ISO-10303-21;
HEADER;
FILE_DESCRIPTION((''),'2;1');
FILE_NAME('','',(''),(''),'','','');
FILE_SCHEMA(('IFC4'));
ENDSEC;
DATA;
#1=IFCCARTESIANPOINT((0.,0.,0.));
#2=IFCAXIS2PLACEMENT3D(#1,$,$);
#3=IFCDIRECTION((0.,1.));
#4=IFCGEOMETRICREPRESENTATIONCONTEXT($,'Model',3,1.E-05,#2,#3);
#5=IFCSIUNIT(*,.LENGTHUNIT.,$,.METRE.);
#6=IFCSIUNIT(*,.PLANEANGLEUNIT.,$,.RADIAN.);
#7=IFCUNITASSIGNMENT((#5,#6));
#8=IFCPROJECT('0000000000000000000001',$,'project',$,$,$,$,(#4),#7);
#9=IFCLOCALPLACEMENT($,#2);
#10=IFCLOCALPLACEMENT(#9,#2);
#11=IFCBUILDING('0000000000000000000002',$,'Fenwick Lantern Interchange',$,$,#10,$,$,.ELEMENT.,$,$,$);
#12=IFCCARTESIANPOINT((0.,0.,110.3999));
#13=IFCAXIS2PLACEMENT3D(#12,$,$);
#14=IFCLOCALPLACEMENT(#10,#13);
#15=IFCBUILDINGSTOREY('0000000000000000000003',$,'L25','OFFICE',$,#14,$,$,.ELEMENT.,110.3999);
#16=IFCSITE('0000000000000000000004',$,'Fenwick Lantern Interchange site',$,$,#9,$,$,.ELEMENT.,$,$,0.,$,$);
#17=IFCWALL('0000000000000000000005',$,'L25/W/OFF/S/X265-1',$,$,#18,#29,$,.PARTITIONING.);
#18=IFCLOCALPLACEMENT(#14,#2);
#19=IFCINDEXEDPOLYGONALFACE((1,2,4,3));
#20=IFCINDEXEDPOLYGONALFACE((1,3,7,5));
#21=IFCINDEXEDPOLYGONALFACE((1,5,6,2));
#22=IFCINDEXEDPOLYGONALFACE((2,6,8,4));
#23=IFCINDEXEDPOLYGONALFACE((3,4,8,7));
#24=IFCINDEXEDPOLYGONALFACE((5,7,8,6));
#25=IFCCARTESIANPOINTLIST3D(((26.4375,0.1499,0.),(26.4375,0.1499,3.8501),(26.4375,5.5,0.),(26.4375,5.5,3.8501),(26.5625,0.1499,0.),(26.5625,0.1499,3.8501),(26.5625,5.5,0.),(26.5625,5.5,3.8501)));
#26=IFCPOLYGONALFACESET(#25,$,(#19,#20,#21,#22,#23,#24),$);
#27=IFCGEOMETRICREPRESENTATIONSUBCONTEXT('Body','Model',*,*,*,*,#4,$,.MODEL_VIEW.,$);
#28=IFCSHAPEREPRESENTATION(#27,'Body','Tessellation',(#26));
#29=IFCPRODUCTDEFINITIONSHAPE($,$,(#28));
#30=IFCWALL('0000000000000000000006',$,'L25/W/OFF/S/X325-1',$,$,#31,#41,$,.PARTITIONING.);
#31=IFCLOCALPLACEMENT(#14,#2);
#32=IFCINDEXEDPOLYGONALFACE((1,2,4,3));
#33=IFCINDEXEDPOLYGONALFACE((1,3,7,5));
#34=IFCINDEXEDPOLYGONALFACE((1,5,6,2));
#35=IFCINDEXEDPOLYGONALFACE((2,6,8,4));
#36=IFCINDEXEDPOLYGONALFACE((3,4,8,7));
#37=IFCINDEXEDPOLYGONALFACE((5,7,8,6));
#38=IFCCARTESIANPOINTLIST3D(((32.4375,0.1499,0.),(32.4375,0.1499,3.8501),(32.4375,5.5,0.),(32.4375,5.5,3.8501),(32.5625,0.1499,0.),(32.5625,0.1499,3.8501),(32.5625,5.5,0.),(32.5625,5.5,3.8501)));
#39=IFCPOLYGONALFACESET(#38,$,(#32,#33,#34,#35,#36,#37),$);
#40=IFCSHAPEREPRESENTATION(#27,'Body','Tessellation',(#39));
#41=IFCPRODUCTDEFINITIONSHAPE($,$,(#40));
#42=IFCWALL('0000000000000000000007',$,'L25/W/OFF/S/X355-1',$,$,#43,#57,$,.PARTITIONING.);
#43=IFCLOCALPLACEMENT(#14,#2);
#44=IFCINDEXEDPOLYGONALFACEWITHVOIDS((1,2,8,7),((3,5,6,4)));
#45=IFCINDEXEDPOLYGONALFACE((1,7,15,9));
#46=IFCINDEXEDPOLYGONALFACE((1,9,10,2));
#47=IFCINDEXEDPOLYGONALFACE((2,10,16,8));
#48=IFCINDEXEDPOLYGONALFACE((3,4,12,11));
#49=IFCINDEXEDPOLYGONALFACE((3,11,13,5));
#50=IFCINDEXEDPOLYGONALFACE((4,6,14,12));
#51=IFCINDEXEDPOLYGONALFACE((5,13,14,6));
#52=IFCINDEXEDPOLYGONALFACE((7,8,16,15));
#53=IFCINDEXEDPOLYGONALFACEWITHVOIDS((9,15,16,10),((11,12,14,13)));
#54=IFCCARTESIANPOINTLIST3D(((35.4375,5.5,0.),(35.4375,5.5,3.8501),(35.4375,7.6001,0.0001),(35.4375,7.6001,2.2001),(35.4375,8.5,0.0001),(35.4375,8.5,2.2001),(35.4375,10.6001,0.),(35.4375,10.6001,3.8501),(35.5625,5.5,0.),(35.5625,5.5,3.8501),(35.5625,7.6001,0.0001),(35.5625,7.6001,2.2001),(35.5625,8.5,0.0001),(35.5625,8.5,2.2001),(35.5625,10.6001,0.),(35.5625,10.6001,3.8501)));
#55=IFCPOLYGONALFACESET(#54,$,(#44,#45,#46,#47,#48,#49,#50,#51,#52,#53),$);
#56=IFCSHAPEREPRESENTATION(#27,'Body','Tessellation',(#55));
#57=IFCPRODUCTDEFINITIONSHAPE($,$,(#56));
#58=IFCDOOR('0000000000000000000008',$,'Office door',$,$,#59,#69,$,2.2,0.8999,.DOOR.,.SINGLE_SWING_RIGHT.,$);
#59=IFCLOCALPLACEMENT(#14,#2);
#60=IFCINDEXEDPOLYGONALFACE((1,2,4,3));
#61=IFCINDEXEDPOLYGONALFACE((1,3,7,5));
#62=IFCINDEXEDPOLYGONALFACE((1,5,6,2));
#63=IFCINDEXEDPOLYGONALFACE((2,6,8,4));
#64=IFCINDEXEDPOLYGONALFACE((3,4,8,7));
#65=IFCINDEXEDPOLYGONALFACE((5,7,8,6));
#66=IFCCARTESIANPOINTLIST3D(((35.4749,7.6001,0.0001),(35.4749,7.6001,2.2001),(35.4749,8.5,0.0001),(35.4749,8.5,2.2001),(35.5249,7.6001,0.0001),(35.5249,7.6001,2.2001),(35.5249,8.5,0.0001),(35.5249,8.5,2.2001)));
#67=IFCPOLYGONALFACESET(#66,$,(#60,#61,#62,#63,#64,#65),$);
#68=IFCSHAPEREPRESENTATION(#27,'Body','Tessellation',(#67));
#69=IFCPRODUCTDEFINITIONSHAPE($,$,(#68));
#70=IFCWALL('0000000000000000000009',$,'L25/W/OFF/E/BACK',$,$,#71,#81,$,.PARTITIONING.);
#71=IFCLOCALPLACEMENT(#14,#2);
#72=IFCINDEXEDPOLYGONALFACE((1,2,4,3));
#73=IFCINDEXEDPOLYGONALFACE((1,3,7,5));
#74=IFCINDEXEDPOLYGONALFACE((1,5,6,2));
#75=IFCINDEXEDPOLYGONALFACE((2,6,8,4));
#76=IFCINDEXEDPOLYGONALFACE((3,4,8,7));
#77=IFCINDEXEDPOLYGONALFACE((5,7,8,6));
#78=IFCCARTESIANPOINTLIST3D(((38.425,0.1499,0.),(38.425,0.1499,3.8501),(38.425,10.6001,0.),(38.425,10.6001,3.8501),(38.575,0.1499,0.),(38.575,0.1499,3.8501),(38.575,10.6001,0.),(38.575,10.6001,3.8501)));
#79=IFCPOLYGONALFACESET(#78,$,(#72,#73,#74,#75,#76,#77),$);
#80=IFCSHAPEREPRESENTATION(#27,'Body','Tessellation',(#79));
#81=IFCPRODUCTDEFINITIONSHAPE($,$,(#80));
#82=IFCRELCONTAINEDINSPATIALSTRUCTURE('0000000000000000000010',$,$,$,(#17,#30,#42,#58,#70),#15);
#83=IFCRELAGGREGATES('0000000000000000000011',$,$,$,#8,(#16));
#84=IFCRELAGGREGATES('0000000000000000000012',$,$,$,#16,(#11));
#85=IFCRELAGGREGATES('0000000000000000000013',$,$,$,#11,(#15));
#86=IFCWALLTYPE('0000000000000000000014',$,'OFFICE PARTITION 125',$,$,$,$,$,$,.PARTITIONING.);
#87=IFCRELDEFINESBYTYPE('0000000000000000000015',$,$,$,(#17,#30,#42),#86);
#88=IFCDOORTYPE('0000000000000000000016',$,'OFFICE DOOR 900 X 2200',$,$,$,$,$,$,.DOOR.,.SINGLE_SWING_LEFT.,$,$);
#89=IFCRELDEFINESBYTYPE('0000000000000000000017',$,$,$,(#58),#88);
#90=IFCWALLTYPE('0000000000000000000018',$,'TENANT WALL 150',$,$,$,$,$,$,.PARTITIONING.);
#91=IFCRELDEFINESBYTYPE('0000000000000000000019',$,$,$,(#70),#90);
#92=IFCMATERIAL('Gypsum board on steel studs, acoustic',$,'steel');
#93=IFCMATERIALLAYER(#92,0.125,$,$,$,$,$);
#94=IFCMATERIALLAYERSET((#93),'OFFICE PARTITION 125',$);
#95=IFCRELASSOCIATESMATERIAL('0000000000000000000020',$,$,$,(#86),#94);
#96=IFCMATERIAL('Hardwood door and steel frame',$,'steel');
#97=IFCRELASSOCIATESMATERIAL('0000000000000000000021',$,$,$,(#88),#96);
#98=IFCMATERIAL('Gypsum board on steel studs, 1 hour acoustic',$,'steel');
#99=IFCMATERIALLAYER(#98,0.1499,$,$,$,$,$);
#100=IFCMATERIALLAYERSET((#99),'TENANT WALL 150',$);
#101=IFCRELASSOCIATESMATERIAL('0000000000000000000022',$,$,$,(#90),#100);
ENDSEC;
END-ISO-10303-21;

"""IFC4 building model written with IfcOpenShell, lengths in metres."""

from ifc_helpers import new_model, si_unit, direction, frame, frame_2d, origin, place, context, subcontext, project, spatial, rectangle, extrude, material, layer, layer_set, type_object, element, fill, save


model = new_model("IFC4")

# Units and contexts
model_context = context("Model", 3, precision=1e-05, world=origin(), true_north=direction((0.0, 1.0)))
body_context = subcontext(model_context, "Body", "Model", "MODEL_VIEW")
ifc_project = project(units=[si_unit("LENGTHUNIT", "METRE"), si_unit("PLANEANGLEUNIT", "RADIAN")], contexts=[model_context])

# Site, building, storey
site_placement = place(None, origin())
site = spatial("IfcSite", under=ifc_project, at=site_placement, Name="Fenwick Lantern Interchange site", CompositionType="ELEMENT", RefElevation=0.0)
building_placement = place(site_placement, origin())
building = spatial("IfcBuilding", under=site, at=building_placement, Name="Fenwick Lantern Interchange", CompositionType="ELEMENT")
storey_placement = place(building_placement, frame((0.0, 0.0, 110.3999)))
storey = spatial("IfcBuildingStorey", under=building, at=storey_placement, Name="L25", Description="OFFICE", CompositionType="ELEMENT", Elevation=110.3999)

# Walls
ifc_material_1 = material(Name="Gypsum board on steel studs, acoustic", Category="steel")
ifc_layer_1 = layer(ifc_material_1, 0.125)
ifc_layer_set_1 = layer_set([ifc_layer_1], Name="OFFICE PARTITION 125")
wall_type_1 = type_object("IfcWallType", Name="OFFICE PARTITION 125", PredefinedType="PARTITIONING", material=ifc_layer_set_1)
for number, where, z_axis, x_axis, name in (
    (1, (26.5, 0.1499, 0.0), (0.0, 0.0, 1.0), (0.0, 1.0, 0.0), "L25/W/OFF/S/X265-1"),
    (2, (32.5, 0.1499, 0.0), (0.0, 0.0, 1.0), (0.0, 1.0, 0.0), "L25/W/OFF/S/X325-1"),
):
    element("IfcWall", number, at=place(storey_placement, frame(where, z_axis=z_axis, x_axis=x_axis)), inside=storey, type_object=wall_type_1, Name=name, PredefinedType="PARTITIONING", context=body_context, shape_type="SweptSolid", body=[
        extrude(rectangle(XDim=5.3501, YDim=0.125, at=frame_2d((2.675, 0.0))), origin(), (0.0, 0.0, 1.0), 3.8501),
    ])

# Wall, opening, door
wall_1_placement = place(storey_placement, frame((35.5, 5.5, 0.0), z_axis=(0.0, 0.0, 1.0), x_axis=(0.0, 1.0, 0.0)))
wall_1 = element("IfcWall", 3, at=wall_1_placement, inside=storey, type_object=wall_type_1, Name="L25/W/OFF/S/X355-1", PredefinedType="PARTITIONING", context=body_context, shape_type="SweptSolid", body=[
    extrude(rectangle(XDim=5.1001, YDim=0.125, at=frame_2d((2.55, 0.0))), origin(), (0.0, 0.0, 1.0), 3.8501),
])
opening_placement = place(wall_1_placement, frame((2.1001, 0.0, 0.0)))
opening = element("IfcOpeningElement", 4, at=opening_placement, cuts=wall_1, PredefinedType="OPENING", context=body_context, shape_type="SweptSolid", body=[
    extrude(rectangle(XDim=0.8999, YDim=2.2, at=frame_2d((0.45, 1.1001))), frame((0.0, 0.0725, 0.0), z_axis=(0.0, -1.0, 0.0), x_axis=(1.0, 0.0, 0.0)), (0.0, 0.0, 1.0), 0.145),
])
ifc_material_2 = material(Name="Hardwood door and steel frame", Category="steel")
door_type = type_object("IfcDoorType", Name="OFFICE DOOR 900 X 2200", OperationType="SINGLE_SWING_LEFT", PredefinedType="DOOR", material=ifc_material_2)
door_placement = place(opening_placement, frame((0.8999, 0.0, 0.0), z_axis=(0.0, 0.0, 1.0), x_axis=(-1.0, 0.0, 0.0)))
door = element("IfcDoor", 5, at=door_placement, inside=storey, type_object=door_type, Name="Office door", OperationType="SINGLE_SWING_RIGHT", OverallHeight=2.2, OverallWidth=0.8999, PredefinedType="DOOR", context=body_context, shape_type="SweptSolid", body=[
    extrude(rectangle(XDim=0.8999, YDim=2.2, at=frame_2d((0.45, 1.1001))), frame((0.0, 0.0249, 0.0), z_axis=(0.0, -1.0, 0.0), x_axis=(1.0, 0.0, 0.0)), (0.0, 0.0, 1.0), 0.05),
])
fill(opening, door)

# Wall
ifc_material_3 = material(Name="Gypsum board on steel studs, 1 hour acoustic", Category="steel")
ifc_layer_2 = layer(ifc_material_3, 0.1499)
ifc_layer_set_2 = layer_set([ifc_layer_2], Name="TENANT WALL 150")
wall_type_2 = type_object("IfcWallType", Name="TENANT WALL 150", PredefinedType="PARTITIONING", material=ifc_layer_set_2)
wall_2_placement = place(storey_placement, frame((38.5, 0.1499, 0.0), z_axis=(0.0, 0.0, 1.0), x_axis=(0.0, 1.0, 0.0)))
element("IfcWall", 6, at=wall_2_placement, inside=storey, type_object=wall_type_2, Name="L25/W/OFF/E/BACK", PredefinedType="PARTITIONING", context=body_context, shape_type="SweptSolid", body=[
    extrude(rectangle(XDim=10.4502, YDim=0.1499, at=frame_2d((5.2251, 0.0))), origin(), (0.0, 0.0, 1.0), 3.8501),
])

save(model, "model.ifc")
